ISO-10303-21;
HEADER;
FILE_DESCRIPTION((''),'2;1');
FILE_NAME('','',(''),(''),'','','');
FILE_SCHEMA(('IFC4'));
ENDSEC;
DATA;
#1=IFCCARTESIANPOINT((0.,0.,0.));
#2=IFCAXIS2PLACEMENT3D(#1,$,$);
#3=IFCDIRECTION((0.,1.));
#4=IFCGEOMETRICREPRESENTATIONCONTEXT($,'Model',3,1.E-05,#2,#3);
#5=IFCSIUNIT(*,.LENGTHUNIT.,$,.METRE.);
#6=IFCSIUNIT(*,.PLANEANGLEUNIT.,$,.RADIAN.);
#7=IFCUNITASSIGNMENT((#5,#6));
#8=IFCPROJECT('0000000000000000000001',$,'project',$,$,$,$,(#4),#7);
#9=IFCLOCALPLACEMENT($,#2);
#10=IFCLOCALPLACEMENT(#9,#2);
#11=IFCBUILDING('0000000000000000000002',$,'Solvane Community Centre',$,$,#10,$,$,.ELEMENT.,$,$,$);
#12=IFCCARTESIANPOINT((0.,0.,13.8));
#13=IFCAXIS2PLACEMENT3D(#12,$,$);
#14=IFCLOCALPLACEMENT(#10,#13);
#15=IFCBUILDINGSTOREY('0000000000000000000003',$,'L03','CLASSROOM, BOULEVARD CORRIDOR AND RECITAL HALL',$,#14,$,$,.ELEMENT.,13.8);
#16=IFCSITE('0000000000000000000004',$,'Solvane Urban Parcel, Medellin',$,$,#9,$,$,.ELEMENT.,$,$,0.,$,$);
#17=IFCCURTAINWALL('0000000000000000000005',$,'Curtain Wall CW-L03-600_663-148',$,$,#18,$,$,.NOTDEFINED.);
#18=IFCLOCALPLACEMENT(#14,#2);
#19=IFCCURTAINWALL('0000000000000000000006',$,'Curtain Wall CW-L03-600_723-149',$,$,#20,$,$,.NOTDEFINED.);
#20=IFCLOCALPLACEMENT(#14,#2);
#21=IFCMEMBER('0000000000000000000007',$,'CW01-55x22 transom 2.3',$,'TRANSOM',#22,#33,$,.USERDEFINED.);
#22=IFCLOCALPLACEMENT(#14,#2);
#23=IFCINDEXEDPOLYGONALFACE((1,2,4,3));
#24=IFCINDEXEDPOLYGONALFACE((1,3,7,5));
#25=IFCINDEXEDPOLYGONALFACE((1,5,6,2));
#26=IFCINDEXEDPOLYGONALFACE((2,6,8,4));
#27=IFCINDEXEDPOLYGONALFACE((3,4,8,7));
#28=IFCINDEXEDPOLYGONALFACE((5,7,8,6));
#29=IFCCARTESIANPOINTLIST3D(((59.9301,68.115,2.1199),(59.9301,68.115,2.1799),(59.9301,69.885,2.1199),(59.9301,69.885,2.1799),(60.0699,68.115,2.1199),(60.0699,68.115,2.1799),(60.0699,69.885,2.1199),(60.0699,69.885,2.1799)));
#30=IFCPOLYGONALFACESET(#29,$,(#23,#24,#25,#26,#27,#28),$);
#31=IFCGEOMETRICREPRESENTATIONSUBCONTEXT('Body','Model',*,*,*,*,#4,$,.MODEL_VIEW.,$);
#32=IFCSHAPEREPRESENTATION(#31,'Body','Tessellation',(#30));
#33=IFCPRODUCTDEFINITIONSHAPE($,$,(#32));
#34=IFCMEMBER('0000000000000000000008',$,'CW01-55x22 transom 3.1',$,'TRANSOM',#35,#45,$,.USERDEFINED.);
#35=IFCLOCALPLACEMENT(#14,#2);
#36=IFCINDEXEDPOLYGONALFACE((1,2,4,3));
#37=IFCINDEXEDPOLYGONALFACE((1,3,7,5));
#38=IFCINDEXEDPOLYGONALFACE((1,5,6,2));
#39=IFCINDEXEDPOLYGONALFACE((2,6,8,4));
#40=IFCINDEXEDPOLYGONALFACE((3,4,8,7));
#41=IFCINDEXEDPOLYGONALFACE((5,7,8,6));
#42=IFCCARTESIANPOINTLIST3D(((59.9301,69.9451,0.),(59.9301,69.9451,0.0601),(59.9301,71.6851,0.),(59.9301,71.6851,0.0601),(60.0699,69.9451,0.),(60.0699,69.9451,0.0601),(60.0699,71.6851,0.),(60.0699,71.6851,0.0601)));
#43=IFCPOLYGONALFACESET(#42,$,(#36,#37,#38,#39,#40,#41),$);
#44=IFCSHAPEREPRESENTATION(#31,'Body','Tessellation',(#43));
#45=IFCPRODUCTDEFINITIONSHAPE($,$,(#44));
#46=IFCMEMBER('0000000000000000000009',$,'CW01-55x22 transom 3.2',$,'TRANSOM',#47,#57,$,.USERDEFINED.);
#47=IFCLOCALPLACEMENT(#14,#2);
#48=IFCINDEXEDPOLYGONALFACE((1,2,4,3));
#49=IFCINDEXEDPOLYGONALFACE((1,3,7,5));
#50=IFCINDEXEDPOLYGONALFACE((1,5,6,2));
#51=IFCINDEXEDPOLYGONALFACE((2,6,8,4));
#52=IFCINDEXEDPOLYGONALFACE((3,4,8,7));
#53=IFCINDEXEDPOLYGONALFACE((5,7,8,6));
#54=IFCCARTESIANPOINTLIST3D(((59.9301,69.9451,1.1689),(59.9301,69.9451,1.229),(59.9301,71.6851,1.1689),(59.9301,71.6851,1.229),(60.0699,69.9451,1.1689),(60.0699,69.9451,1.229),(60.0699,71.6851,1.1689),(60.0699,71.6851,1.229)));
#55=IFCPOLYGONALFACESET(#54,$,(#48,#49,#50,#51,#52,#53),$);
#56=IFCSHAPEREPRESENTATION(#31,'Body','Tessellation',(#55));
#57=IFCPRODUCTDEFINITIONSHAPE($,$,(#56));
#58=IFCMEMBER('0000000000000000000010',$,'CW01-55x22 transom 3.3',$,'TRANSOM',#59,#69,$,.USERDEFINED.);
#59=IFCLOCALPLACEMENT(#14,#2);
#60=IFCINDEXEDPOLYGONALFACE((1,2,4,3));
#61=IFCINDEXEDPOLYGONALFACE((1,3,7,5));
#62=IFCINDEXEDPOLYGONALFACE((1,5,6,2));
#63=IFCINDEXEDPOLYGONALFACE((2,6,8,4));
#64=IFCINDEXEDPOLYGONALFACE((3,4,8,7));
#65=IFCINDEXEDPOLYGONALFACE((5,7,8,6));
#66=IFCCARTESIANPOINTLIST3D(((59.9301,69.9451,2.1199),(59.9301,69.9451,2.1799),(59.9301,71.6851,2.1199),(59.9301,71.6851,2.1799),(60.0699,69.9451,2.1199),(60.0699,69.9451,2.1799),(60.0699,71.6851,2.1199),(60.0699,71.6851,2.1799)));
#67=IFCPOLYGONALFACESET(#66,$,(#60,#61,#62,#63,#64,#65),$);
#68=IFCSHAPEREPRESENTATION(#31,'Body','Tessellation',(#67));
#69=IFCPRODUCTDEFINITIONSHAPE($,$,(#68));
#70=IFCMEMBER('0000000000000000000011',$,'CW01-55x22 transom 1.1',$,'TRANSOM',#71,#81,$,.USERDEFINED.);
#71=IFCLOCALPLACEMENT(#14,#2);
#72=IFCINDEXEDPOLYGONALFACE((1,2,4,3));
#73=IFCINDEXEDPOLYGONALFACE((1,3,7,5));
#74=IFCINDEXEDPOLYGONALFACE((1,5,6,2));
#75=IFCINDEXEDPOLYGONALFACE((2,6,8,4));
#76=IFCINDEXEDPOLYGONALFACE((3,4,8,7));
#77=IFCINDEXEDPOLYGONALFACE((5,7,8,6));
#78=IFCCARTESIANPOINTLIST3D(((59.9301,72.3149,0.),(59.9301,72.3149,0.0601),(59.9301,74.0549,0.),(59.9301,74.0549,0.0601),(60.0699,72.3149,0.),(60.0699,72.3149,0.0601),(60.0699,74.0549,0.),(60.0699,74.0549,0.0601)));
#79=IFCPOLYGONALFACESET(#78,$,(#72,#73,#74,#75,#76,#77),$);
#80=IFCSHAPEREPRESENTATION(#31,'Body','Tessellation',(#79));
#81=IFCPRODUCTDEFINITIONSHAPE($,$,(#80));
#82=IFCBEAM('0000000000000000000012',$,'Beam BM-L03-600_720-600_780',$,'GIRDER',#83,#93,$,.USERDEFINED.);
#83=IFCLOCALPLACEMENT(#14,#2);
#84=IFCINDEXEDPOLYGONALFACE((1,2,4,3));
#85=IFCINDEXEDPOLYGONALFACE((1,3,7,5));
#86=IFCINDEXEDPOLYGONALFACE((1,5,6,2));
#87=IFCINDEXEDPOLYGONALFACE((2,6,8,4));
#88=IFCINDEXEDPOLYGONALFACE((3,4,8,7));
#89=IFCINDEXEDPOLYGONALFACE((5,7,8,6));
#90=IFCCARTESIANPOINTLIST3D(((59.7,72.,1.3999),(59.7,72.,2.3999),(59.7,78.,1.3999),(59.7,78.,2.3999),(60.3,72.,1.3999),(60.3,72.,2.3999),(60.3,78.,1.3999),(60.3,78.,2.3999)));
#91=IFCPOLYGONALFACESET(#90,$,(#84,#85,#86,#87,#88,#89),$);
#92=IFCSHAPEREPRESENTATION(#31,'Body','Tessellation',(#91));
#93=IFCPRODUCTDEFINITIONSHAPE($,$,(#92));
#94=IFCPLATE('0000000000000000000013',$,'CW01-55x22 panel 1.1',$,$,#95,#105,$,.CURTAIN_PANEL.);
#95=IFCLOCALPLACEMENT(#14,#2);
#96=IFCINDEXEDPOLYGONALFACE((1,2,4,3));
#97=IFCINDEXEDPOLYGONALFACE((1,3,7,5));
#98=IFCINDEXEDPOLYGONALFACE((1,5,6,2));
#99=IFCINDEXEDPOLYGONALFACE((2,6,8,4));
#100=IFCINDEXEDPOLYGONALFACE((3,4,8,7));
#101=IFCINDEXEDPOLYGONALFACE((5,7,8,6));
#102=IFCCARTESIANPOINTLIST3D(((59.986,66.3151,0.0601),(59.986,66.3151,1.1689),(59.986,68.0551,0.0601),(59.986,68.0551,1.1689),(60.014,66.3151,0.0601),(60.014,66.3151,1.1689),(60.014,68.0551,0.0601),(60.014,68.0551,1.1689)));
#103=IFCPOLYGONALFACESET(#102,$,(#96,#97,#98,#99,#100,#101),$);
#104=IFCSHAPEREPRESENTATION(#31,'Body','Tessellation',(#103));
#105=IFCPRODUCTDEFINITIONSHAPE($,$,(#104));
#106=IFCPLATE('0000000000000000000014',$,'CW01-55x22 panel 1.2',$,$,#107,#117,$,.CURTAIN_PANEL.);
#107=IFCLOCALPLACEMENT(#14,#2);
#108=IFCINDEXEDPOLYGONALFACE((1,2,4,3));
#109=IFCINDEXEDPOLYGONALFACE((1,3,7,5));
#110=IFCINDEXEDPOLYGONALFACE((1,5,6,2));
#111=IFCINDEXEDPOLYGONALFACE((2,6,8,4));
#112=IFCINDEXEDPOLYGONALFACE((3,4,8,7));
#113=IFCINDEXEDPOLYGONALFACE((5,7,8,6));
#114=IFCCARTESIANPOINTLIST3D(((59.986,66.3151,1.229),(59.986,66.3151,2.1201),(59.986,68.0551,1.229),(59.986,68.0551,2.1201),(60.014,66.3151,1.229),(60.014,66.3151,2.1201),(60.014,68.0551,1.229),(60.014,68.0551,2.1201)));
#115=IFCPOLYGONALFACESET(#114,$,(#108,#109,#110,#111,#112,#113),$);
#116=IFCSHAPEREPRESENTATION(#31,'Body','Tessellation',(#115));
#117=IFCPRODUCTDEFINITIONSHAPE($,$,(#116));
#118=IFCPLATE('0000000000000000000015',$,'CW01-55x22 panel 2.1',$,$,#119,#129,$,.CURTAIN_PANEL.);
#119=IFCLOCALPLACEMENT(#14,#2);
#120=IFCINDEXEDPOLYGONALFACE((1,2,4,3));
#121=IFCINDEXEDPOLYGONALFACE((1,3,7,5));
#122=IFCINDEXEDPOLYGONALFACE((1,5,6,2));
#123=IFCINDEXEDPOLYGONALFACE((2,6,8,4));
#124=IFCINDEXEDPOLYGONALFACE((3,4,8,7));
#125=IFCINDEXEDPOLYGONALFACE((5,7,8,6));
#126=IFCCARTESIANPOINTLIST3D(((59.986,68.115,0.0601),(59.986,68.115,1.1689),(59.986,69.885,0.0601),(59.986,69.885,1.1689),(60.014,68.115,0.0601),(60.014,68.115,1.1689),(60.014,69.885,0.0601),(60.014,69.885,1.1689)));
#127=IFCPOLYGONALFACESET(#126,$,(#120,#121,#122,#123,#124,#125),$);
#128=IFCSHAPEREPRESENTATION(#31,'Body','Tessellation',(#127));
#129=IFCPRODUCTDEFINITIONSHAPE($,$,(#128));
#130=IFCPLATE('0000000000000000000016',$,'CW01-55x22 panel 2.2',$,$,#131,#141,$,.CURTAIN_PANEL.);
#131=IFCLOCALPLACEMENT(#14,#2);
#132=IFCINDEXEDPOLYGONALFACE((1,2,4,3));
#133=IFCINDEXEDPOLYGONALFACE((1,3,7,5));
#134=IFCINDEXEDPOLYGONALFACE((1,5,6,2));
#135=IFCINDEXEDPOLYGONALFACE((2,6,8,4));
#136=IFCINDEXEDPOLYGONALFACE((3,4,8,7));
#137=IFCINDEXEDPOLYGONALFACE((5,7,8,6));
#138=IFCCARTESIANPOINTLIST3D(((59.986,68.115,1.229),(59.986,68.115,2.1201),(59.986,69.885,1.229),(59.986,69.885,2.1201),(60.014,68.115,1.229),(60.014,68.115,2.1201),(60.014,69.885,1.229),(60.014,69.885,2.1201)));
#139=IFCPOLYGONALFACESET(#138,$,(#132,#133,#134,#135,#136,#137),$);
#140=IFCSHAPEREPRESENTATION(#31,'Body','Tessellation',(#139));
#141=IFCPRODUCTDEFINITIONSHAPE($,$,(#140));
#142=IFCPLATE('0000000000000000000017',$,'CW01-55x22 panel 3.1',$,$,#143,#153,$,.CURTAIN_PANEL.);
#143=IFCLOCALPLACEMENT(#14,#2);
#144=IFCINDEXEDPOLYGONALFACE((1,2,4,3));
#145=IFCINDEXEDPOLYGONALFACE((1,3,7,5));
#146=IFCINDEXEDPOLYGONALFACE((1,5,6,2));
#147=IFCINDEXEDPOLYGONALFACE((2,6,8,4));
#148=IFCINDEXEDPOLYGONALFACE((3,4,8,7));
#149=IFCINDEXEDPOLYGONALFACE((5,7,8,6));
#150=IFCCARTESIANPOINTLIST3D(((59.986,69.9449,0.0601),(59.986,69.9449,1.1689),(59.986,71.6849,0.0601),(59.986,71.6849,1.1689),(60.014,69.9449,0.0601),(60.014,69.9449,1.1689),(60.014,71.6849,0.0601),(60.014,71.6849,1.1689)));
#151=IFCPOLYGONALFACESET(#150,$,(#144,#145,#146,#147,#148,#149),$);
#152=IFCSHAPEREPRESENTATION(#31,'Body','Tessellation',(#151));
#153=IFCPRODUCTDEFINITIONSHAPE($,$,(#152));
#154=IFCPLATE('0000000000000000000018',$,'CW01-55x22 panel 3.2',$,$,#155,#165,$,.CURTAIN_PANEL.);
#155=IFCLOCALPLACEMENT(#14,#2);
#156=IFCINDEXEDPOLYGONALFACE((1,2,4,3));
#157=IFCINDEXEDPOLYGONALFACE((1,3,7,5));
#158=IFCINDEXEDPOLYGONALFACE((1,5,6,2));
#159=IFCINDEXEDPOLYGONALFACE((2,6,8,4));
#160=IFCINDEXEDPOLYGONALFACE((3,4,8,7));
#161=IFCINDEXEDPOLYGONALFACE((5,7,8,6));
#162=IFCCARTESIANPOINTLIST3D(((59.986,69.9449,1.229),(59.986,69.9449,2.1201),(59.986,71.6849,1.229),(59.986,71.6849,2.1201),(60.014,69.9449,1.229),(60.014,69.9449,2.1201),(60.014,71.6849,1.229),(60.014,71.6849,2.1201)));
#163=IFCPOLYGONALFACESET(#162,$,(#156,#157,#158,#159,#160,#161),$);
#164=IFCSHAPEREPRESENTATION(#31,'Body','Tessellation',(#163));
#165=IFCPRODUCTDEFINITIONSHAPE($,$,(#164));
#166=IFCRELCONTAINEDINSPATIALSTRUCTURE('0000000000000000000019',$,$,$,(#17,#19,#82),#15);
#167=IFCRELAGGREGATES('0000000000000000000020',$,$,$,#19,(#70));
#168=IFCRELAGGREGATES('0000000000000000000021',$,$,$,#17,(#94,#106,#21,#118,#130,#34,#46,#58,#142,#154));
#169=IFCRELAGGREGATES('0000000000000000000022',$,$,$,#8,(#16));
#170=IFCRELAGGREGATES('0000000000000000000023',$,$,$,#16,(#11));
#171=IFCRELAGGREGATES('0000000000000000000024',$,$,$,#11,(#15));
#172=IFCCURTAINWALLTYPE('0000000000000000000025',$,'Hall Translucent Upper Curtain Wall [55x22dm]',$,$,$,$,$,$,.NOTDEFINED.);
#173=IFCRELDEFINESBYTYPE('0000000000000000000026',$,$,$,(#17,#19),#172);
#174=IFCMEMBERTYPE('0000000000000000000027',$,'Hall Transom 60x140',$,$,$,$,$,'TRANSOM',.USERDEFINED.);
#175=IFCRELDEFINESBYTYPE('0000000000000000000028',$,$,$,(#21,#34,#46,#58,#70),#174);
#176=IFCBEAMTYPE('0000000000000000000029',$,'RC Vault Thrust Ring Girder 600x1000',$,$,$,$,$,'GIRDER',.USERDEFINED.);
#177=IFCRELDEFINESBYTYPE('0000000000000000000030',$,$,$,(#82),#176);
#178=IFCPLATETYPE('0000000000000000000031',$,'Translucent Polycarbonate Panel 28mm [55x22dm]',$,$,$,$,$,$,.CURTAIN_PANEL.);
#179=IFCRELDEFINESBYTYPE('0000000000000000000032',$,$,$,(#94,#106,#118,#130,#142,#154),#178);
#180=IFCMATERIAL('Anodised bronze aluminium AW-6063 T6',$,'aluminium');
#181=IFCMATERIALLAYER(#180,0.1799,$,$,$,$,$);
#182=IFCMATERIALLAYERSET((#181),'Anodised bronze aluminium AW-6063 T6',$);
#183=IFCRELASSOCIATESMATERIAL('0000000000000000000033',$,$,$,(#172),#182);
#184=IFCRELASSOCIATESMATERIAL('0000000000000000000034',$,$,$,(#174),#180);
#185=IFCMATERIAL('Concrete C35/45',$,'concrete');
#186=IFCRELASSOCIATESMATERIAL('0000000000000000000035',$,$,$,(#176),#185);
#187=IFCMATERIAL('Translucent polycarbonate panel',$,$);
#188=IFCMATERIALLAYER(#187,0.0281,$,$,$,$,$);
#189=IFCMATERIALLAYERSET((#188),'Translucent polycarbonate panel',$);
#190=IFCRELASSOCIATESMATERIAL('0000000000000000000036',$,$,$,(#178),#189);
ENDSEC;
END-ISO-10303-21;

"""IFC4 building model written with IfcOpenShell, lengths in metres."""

from ifc_helpers import new_model, si_unit, direction, frame, origin, origin_2d, place, context, subcontext, project, spatial, rectangle, extrude, material, layer, layer_set, material_profile, profile_set, type_object, element, aggregate, save


model = new_model("IFC4")

# Units and contexts
model_context = context("Model", 3, precision=1e-05, world=origin(), true_north=direction((0.0, 1.0)))
body_context = subcontext(model_context, "Body", "Model", "MODEL_VIEW")
ifc_project = project(units=[si_unit("LENGTHUNIT", "METRE"), si_unit("PLANEANGLEUNIT", "RADIAN")], contexts=[model_context])

# Site, building, storey
site_placement = place(None, origin())
site = spatial("IfcSite", under=ifc_project, at=site_placement, Name="Solvane Urban Parcel, Medellin", CompositionType="ELEMENT", RefElevation=0.0)
building_placement = place(site_placement, origin())
building = spatial("IfcBuilding", under=site, at=building_placement, Name="Solvane Community Centre", CompositionType="ELEMENT")
storey_placement = place(building_placement, frame((0.0, 0.0, 13.8)))
storey = spatial("IfcBuildingStorey", under=building, at=storey_placement, Name="L03", Description="CLASSROOM, BOULEVARD CORRIDOR AND RECITAL HALL", CompositionType="ELEMENT", Elevation=13.8)

# Curtain walls
ifc_material_1 = material(Name="Anodised bronze aluminium AW-6063 T6", Category="aluminium")
ifc_layer_1 = layer(ifc_material_1, 0.1799)
ifc_layer_set_1 = layer_set([ifc_layer_1], Name="Anodised bronze aluminium AW-6063 T6")
curtain_wall_type = type_object("IfcCurtainWallType", Name="Hall Translucent Upper Curtain Wall [55x22dm]", PredefinedType="NOTDEFINED", material=ifc_layer_set_1)
curtain_wall_1_placement = place(storey_placement, origin())
curtain_wall_1 = element("IfcCurtainWall", 1, at=curtain_wall_1_placement, inside=storey, type_object=curtain_wall_type, Name="Curtain Wall CW-L03-600_663-148", PredefinedType="NOTDEFINED")
curtain_wall_2_placement = place(storey_placement, origin())
curtain_wall_2 = element("IfcCurtainWall", 2, at=curtain_wall_2_placement, inside=storey, type_object=curtain_wall_type, Name="Curtain Wall CW-L03-600_723-149", PredefinedType="NOTDEFINED")

# Members
ifc_material_profile_1 = material_profile(ifc_material_1, rectangle(XDim=0.1399, YDim=0.0601, at=origin_2d()), Name="CW-T 60x140")
ifc_profile_set_1 = profile_set([ifc_material_profile_1], Name="Anodised bronze aluminium AW-6063 T6")
member_type_1 = type_object("IfcMemberType", Name="Hall Transom 60x140", ElementType="TRANSOM", PredefinedType="USERDEFINED", material=ifc_profile_set_1)
member_1_placement = place(storey_placement, frame((60.0, 68.115, 2.1499), z_axis=(0.0, 1.0, 0.0), x_axis=(-1.0, 0.0, 0.0)))
member_1 = element("IfcMember", 3, at=member_1_placement, type_object=member_type_1, Name="CW01-55x22 transom 2.3", ObjectType="TRANSOM", PredefinedType="USERDEFINED", context=body_context, shape_type="SweptSolid", body=[
    extrude(rectangle(XDim=0.1399, YDim=0.0601, at=origin_2d()), origin(), (0.0, 0.0, 1.0), 1.77),
])
member_2_placement = place(storey_placement, frame((60.0, 69.9451, 0.03), z_axis=(0.0, 1.0, 0.0), x_axis=(-1.0, 0.0, 0.0)))
member_2 = element("IfcMember", 4, at=member_2_placement, type_object=member_type_1, Name="CW01-55x22 transom 3.1", ObjectType="TRANSOM", PredefinedType="USERDEFINED", context=body_context, shape_type="SweptSolid", body=[
    extrude(rectangle(XDim=0.1399, YDim=0.0601, at=origin_2d()), origin(), (0.0, 0.0, 1.0), 1.74),
])
member_3_placement = place(storey_placement, frame((60.0, 69.9451, 1.199), z_axis=(0.0, 1.0, 0.0), x_axis=(-1.0, 0.0, 0.0)))
member_3 = element("IfcMember", 5, at=member_3_placement, type_object=member_type_1, Name="CW01-55x22 transom 3.2", ObjectType="TRANSOM", PredefinedType="USERDEFINED", context=body_context, shape_type="SweptSolid", body=[
    extrude(rectangle(XDim=0.1399, YDim=0.0601, at=origin_2d()), origin(), (0.0, 0.0, 1.0), 1.74),
])
member_4_placement = place(storey_placement, frame((60.0, 69.9451, 2.1499), z_axis=(0.0, 1.0, 0.0), x_axis=(-1.0, 0.0, 0.0)))
member_4 = element("IfcMember", 6, at=member_4_placement, type_object=member_type_1, Name="CW01-55x22 transom 3.3", ObjectType="TRANSOM", PredefinedType="USERDEFINED", context=body_context, shape_type="SweptSolid", body=[
    extrude(rectangle(XDim=0.1399, YDim=0.0601, at=origin_2d()), origin(), (0.0, 0.0, 1.0), 1.74),
])
member_5_placement = place(storey_placement, frame((60.0, 72.3149, 0.03), z_axis=(0.0, 1.0, 0.0), x_axis=(-1.0, 0.0, 0.0)))
member_5 = element("IfcMember", 7, at=member_5_placement, type_object=member_type_1, Name="CW01-55x22 transom 1.1", ObjectType="TRANSOM", PredefinedType="USERDEFINED", context=body_context, shape_type="SweptSolid", body=[
    extrude(rectangle(XDim=0.1399, YDim=0.0601, at=origin_2d()), origin(), (0.0, 0.0, 1.0), 1.74),
])
aggregate(curtain_wall_2, [member_5])

# Beam
ifc_material_2 = material(Name="Concrete C35/45", Category="concrete")
ifc_material_profile_2 = material_profile(ifc_material_2, rectangle(XDim=0.6001, YDim=1.0, at=origin_2d()), Name="RC 600x1000")
ifc_profile_set_2 = profile_set([ifc_material_profile_2], Name="Concrete C35/45")
beam_type = type_object("IfcBeamType", Name="RC Vault Thrust Ring Girder 600x1000", ElementType="GIRDER", PredefinedType="USERDEFINED", material=ifc_profile_set_2)
beam_placement = place(storey_placement, frame((60.0, 72.0, 1.8999), z_axis=(0.0, 1.0, 0.0), x_axis=(-1.0, 0.0, 0.0)))
element("IfcBeam", 8, at=beam_placement, inside=storey, type_object=beam_type, Name="Beam BM-L03-600_720-600_780", ObjectType="GIRDER", PredefinedType="USERDEFINED", context=body_context, shape_type="SweptSolid", body=[
    extrude(rectangle(XDim=0.6001, YDim=1.0, at=origin_2d()), origin(), (0.0, 0.0, 1.0), 6.0),
])

# Plates
ifc_material_3 = material(Name="Translucent polycarbonate panel")
ifc_layer_2 = layer(ifc_material_3, 0.0281)
ifc_layer_set_2 = layer_set([ifc_layer_2], Name="Translucent polycarbonate panel")
plate_type = type_object("IfcPlateType", Name="Translucent Polycarbonate Panel 28mm [55x22dm]", PredefinedType="CURTAIN_PANEL", material=ifc_layer_set_2)
plate_1_placement = place(storey_placement, frame((60.0, 67.1851, 0.0601), z_axis=(0.0, 0.0, 1.0), x_axis=(0.0, 1.0, 0.0)))
plate_1 = element("IfcPlate", 9, at=plate_1_placement, type_object=plate_type, Name="CW01-55x22 panel 1.1", PredefinedType="CURTAIN_PANEL", context=body_context, shape_type="SweptSolid", body=[
    extrude(rectangle(XDim=1.74, YDim=0.0281, at=origin_2d()), origin(), (0.0, 0.0, 1.0), 1.1089),
])
plate_2_placement = place(storey_placement, frame((60.0, 67.1851, 1.229), z_axis=(0.0, 0.0, 1.0), x_axis=(0.0, 1.0, 0.0)))
plate_2 = element("IfcPlate", 10, at=plate_2_placement, type_object=plate_type, Name="CW01-55x22 panel 1.2", PredefinedType="CURTAIN_PANEL", context=body_context, shape_type="SweptSolid", body=[
    extrude(rectangle(XDim=1.74, YDim=0.0281, at=origin_2d()), origin(), (0.0, 0.0, 1.0), 0.8911),
])
plate_3_placement = place(storey_placement, frame((60.0, 69.0, 0.0601), z_axis=(0.0, 0.0, 1.0), x_axis=(0.0, 1.0, 0.0)))
plate_3 = element("IfcPlate", 11, at=plate_3_placement, type_object=plate_type, Name="CW01-55x22 panel 2.1", PredefinedType="CURTAIN_PANEL", context=body_context, shape_type="SweptSolid", body=[
    extrude(rectangle(XDim=1.77, YDim=0.0281, at=origin_2d()), origin(), (0.0, 0.0, 1.0), 1.1089),
])
plate_4_placement = place(storey_placement, frame((60.0, 69.0, 1.229), z_axis=(0.0, 0.0, 1.0), x_axis=(0.0, 1.0, 0.0)))
plate_4 = element("IfcPlate", 12, at=plate_4_placement, type_object=plate_type, Name="CW01-55x22 panel 2.2", PredefinedType="CURTAIN_PANEL", context=body_context, shape_type="SweptSolid", body=[
    extrude(rectangle(XDim=1.77, YDim=0.0281, at=origin_2d()), origin(), (0.0, 0.0, 1.0), 0.8911),
])
plate_5_placement = place(storey_placement, frame((60.0, 70.8149, 0.0601), z_axis=(0.0, 0.0, 1.0), x_axis=(0.0, 1.0, 0.0)))
plate_5 = element("IfcPlate", 13, at=plate_5_placement, type_object=plate_type, Name="CW01-55x22 panel 3.1", PredefinedType="CURTAIN_PANEL", context=body_context, shape_type="SweptSolid", body=[
    extrude(rectangle(XDim=1.74, YDim=0.0281, at=origin_2d()), origin(), (0.0, 0.0, 1.0), 1.1089),
])
plate_6_placement = place(storey_placement, frame((60.0, 70.8149, 1.229), z_axis=(0.0, 0.0, 1.0), x_axis=(0.0, 1.0, 0.0)))
plate_6 = element("IfcPlate", 14, at=plate_6_placement, type_object=plate_type, Name="CW01-55x22 panel 3.2", PredefinedType="CURTAIN_PANEL", context=body_context, shape_type="SweptSolid", body=[
    extrude(rectangle(XDim=1.74, YDim=0.0281, at=origin_2d()), origin(), (0.0, 0.0, 1.0), 0.8911),
])
aggregate(curtain_wall_1, [plate_1, plate_2, member_1, plate_3, plate_4, member_2, member_3, member_4, plate_5, plate_6])

save(model, "model.ifc")
